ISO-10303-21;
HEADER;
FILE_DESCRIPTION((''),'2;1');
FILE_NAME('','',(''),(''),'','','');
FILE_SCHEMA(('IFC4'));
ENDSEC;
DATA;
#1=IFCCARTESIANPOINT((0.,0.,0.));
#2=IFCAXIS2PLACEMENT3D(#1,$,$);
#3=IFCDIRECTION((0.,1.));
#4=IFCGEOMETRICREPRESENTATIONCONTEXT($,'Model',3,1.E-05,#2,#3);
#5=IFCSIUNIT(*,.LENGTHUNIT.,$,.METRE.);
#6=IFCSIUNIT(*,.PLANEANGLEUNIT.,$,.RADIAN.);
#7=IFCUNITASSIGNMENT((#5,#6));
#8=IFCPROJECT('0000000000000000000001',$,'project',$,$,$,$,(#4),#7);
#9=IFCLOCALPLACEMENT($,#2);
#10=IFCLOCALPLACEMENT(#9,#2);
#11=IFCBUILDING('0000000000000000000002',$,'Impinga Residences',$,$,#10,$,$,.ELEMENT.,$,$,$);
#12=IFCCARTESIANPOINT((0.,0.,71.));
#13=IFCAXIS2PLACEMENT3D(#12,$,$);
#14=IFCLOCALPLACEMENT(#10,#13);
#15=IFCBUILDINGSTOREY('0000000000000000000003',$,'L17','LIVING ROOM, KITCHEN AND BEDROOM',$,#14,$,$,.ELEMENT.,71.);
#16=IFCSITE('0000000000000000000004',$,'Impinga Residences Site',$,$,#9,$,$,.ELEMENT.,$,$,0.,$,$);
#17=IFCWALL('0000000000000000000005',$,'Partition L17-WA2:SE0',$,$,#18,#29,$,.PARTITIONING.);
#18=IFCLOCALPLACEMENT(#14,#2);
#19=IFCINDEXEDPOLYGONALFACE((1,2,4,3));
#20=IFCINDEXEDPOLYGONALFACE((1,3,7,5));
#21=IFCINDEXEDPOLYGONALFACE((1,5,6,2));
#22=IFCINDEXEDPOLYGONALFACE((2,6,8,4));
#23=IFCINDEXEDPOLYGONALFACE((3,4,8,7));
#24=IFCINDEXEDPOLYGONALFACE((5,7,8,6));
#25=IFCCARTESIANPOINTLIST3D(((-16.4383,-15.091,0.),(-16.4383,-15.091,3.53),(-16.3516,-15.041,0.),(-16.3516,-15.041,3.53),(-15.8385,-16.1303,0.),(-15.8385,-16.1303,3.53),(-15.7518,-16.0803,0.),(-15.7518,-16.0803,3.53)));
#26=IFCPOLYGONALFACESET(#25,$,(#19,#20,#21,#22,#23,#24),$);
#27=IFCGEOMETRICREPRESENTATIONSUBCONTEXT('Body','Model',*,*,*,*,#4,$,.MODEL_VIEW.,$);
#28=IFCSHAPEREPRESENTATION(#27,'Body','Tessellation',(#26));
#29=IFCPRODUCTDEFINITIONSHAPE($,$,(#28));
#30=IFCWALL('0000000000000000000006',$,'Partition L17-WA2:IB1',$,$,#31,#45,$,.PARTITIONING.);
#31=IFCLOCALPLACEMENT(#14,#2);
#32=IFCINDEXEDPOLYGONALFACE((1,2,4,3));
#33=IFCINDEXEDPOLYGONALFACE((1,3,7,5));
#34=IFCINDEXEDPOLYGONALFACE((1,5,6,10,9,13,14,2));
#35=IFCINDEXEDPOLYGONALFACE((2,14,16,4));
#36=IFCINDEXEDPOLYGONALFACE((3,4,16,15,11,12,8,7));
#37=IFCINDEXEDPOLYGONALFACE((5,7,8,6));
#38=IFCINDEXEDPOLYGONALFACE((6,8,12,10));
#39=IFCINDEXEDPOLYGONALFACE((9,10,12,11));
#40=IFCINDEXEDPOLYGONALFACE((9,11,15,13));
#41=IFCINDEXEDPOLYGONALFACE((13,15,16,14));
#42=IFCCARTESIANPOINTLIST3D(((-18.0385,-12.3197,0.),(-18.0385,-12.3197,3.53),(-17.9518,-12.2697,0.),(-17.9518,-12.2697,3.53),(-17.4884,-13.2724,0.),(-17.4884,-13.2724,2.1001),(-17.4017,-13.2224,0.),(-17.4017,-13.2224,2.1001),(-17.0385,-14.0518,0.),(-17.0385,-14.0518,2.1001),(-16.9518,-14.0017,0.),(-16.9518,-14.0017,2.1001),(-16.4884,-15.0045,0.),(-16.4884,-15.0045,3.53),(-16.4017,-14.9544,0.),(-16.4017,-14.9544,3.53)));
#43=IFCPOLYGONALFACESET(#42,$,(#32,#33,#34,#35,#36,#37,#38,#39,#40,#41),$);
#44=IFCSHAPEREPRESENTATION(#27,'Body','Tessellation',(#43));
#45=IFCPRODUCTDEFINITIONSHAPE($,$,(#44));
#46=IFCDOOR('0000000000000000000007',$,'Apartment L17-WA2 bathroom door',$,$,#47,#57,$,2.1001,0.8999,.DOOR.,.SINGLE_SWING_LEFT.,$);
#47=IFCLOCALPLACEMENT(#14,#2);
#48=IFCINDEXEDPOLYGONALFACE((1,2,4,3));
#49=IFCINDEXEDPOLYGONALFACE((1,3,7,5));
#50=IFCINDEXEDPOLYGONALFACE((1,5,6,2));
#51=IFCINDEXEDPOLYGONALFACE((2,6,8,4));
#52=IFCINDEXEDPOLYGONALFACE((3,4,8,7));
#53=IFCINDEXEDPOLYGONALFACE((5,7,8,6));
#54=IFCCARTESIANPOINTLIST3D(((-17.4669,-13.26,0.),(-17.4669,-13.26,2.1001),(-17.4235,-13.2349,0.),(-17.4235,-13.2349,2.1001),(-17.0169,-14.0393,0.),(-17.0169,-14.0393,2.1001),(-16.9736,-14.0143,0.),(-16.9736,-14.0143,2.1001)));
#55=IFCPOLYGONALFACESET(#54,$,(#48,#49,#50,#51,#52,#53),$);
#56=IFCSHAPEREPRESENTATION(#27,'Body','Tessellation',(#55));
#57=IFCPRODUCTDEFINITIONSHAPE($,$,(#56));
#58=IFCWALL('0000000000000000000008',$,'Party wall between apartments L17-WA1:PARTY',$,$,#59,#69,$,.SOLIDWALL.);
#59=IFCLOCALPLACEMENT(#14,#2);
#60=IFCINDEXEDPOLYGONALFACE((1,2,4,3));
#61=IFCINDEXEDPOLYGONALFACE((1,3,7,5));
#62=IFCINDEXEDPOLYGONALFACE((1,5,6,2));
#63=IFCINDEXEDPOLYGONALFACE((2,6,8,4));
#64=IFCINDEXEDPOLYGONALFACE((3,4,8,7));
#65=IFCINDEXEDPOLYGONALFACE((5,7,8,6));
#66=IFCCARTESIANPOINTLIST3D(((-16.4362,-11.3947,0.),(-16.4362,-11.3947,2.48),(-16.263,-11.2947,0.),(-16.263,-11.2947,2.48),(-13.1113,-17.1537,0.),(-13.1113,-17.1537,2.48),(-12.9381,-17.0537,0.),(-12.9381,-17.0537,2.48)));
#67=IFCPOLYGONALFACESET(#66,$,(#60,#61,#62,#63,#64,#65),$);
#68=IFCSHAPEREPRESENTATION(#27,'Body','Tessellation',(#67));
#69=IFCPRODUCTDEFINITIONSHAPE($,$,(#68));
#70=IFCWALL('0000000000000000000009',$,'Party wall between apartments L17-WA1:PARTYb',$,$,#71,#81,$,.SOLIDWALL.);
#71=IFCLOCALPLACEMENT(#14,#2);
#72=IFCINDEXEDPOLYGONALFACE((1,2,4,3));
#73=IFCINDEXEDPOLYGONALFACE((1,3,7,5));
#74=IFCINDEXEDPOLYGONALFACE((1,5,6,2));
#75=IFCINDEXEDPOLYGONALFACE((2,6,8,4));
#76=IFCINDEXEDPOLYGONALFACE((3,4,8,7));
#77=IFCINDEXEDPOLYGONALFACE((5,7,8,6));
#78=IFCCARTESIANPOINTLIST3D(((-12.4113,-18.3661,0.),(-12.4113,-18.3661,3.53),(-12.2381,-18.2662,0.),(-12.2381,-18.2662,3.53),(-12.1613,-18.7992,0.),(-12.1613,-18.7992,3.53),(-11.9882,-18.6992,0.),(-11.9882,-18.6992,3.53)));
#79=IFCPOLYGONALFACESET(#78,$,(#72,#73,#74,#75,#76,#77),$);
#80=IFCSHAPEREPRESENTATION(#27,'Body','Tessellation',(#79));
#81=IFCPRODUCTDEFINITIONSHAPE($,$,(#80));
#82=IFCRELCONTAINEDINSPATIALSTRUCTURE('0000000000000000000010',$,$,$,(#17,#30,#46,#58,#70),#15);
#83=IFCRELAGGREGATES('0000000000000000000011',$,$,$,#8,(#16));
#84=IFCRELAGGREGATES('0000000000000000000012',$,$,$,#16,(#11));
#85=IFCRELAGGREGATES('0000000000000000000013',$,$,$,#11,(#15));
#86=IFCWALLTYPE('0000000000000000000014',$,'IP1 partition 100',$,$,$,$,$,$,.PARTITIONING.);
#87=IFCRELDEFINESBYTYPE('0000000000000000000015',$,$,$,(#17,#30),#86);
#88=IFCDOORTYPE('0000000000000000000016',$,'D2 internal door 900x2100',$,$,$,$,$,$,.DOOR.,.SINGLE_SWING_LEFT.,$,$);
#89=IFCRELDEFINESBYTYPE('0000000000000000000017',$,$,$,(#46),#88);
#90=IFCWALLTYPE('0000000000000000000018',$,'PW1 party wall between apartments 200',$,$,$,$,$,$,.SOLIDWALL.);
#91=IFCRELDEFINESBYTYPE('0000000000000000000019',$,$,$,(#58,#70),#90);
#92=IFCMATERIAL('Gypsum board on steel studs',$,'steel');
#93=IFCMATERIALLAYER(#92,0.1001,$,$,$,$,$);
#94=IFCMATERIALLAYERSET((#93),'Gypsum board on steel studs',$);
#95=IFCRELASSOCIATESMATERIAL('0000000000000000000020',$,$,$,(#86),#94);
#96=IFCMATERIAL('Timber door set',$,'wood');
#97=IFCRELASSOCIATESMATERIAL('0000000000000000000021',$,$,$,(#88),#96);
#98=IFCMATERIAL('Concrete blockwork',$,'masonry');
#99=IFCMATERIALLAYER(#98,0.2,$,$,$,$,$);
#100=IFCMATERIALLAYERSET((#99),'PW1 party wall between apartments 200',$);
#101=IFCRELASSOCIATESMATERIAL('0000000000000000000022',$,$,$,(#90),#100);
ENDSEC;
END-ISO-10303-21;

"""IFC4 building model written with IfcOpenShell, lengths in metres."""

from ifc_helpers import new_model, si_unit, direction, frame, frame_2d, origin, place, context, subcontext, project, spatial, rectangle, extrude, material, layer, layer_set, type_object, element, fill, save


model = new_model("IFC4")

# Units and contexts
model_context = context("Model", 3, precision=1e-05, world=origin(), true_north=direction((0.0, 1.0)))
body_context = subcontext(model_context, "Body", "Model", "MODEL_VIEW")
ifc_project = project(units=[si_unit("LENGTHUNIT", "METRE"), si_unit("PLANEANGLEUNIT", "RADIAN")], contexts=[model_context])

# Site, building, storey
site_placement = place(None, origin())
site = spatial("IfcSite", under=ifc_project, at=site_placement, Name="Impinga Residences Site", CompositionType="ELEMENT", RefElevation=0.0)
building_placement = place(site_placement, origin())
building = spatial("IfcBuilding", under=site, at=building_placement, Name="Impinga Residences", CompositionType="ELEMENT")
storey_placement = place(building_placement, frame((0.0, 0.0, 71.0)))
storey = spatial("IfcBuildingStorey", under=building, at=storey_placement, Name="L17", Description="LIVING ROOM, KITCHEN AND BEDROOM", CompositionType="ELEMENT", Elevation=71.0)

# Shared definitions
ifc_material_1 = material(Name="Gypsum board on steel studs", Category="steel")
ifc_layer_1 = layer(ifc_material_1, 0.1001)
ifc_layer_set_1 = layer_set([ifc_layer_1], Name="Gypsum board on steel studs")
wall_type_1 = type_object("IfcWallType", Name="IP1 partition 100", PredefinedType="PARTITIONING", material=ifc_layer_set_1)

# Shared definitions
ifc_material_2 = material(Name="Timber door set", Category="wood")
door_type = type_object("IfcDoorType", Name="D2 internal door 900x2100", OperationType="SINGLE_SWING_LEFT", PredefinedType="DOOR", material=ifc_material_2)

# Wall
wall_1_placement = place(storey_placement, frame((-16.395, -15.0659, 0.0), z_axis=(0.0, 0.0, 1.0), x_axis=(0.499881, -0.866094, 0.0)))
element("IfcWall", 1, at=wall_1_placement, inside=storey, type_object=wall_type_1, Name="Partition L17-WA2:SE0", PredefinedType="PARTITIONING", context=body_context, shape_type="SweptSolid", body=[
    extrude(rectangle(XDim=1.2, YDim=0.1001, at=frame_2d((0.6001, 0.0))), origin(), (0.0, 0.0, 1.0), 3.53),
])

# Wall, opening, door
wall_2_placement = place(storey_placement, frame((-17.9951, -12.2947, 0.0), z_axis=(0.0, 0.0, 1.0), x_axis=(0.499993, -0.86603, 0.0)))
wall_2 = element("IfcWall", 2, at=wall_2_placement, inside=storey, type_object=wall_type_1, Name="Partition L17-WA2:IB1", PredefinedType="PARTITIONING", context=body_context, shape_type="SweptSolid", body=[
    extrude(rectangle(XDim=3.1001, YDim=0.1001, at=frame_2d((1.55, 0.0))), origin(), (0.0, 0.0, 1.0), 3.53),
])
opening_1_placement = place(wall_2_placement, frame((1.1001, 0.0, 0.0)))
opening_1 = element("IfcOpeningElement", 3, at=opening_1_placement, cuts=wall_2, PredefinedType="OPENING", context=body_context, shape_type="SweptSolid", body=[
    extrude(rectangle(XDim=0.8999, YDim=2.1001, at=frame_2d((0.45, 1.05))), frame((0.0, 0.0601, 0.0), z_axis=(0.0, -1.0, 0.0), x_axis=(1.0, 0.0, 0.0)), (0.0, 0.0, 1.0), 0.1201),
])
door_1_placement = place(opening_1_placement, origin())
door_1 = element("IfcDoor", 4, at=door_1_placement, inside=storey, type_object=door_type, Name="Apartment L17-WA2 bathroom door", OperationType="SINGLE_SWING_LEFT", OverallHeight=2.1001, OverallWidth=0.8999, PredefinedType="DOOR", context=body_context, shape_type="SweptSolid", body=[
    extrude(rectangle(XDim=0.8999, YDim=2.1001, at=frame_2d((0.45, 1.05))), frame((0.0, 0.0249, 0.0), z_axis=(0.0, -1.0, 0.0), x_axis=(1.0, 0.0, 0.0)), (0.0, 0.0, 1.0), 0.05),
])
fill(opening_1, door_1)

# Walls
ifc_material_3 = material(Name="Concrete blockwork", Category="masonry")
ifc_layer_2 = layer(ifc_material_3, 0.2)
ifc_layer_set_2 = layer_set([ifc_layer_2], Name="PW1 party wall between apartments 200")
wall_type_2 = type_object("IfcWallType", Name="PW1 party wall between apartments 200", PredefinedType="SOLIDWALL", material=ifc_layer_set_2)
wall_3_placement = place(storey_placement, frame((-16.3496, -11.3447, 0.0), z_axis=(0.0, 0.0, 1.0), x_axis=(0.499997, -0.866027, 0.0)))
element("IfcWall", 5, at=wall_3_placement, inside=storey, type_object=wall_type_2, Name="Party wall between apartments L17-WA1:PARTY", PredefinedType="SOLIDWALL", context=body_context, shape_type="SweptSolid", body=[
    extrude(rectangle(XDim=6.6499, YDim=0.2, at=frame_2d((3.325, 0.0))), origin(), (0.0, 0.0, 1.0), 2.48),
])
wall_4_placement = place(storey_placement, frame((-12.3247, -18.3162, 0.0), z_axis=(0.0, 0.0, 1.0), x_axis=(0.49992, -0.866072, 0.0)))
element("IfcWall", 6, at=wall_4_placement, inside=storey, type_object=wall_type_2, Name="Party wall between apartments L17-WA1:PARTYb", PredefinedType="SOLIDWALL", context=body_context, shape_type="SweptSolid", body=[
    extrude(rectangle(XDim=0.5, YDim=0.2, at=frame_2d((0.25, 0.0))), origin(), (0.0, 0.0, 1.0), 3.53),
])

save(model, "model.ifc")
